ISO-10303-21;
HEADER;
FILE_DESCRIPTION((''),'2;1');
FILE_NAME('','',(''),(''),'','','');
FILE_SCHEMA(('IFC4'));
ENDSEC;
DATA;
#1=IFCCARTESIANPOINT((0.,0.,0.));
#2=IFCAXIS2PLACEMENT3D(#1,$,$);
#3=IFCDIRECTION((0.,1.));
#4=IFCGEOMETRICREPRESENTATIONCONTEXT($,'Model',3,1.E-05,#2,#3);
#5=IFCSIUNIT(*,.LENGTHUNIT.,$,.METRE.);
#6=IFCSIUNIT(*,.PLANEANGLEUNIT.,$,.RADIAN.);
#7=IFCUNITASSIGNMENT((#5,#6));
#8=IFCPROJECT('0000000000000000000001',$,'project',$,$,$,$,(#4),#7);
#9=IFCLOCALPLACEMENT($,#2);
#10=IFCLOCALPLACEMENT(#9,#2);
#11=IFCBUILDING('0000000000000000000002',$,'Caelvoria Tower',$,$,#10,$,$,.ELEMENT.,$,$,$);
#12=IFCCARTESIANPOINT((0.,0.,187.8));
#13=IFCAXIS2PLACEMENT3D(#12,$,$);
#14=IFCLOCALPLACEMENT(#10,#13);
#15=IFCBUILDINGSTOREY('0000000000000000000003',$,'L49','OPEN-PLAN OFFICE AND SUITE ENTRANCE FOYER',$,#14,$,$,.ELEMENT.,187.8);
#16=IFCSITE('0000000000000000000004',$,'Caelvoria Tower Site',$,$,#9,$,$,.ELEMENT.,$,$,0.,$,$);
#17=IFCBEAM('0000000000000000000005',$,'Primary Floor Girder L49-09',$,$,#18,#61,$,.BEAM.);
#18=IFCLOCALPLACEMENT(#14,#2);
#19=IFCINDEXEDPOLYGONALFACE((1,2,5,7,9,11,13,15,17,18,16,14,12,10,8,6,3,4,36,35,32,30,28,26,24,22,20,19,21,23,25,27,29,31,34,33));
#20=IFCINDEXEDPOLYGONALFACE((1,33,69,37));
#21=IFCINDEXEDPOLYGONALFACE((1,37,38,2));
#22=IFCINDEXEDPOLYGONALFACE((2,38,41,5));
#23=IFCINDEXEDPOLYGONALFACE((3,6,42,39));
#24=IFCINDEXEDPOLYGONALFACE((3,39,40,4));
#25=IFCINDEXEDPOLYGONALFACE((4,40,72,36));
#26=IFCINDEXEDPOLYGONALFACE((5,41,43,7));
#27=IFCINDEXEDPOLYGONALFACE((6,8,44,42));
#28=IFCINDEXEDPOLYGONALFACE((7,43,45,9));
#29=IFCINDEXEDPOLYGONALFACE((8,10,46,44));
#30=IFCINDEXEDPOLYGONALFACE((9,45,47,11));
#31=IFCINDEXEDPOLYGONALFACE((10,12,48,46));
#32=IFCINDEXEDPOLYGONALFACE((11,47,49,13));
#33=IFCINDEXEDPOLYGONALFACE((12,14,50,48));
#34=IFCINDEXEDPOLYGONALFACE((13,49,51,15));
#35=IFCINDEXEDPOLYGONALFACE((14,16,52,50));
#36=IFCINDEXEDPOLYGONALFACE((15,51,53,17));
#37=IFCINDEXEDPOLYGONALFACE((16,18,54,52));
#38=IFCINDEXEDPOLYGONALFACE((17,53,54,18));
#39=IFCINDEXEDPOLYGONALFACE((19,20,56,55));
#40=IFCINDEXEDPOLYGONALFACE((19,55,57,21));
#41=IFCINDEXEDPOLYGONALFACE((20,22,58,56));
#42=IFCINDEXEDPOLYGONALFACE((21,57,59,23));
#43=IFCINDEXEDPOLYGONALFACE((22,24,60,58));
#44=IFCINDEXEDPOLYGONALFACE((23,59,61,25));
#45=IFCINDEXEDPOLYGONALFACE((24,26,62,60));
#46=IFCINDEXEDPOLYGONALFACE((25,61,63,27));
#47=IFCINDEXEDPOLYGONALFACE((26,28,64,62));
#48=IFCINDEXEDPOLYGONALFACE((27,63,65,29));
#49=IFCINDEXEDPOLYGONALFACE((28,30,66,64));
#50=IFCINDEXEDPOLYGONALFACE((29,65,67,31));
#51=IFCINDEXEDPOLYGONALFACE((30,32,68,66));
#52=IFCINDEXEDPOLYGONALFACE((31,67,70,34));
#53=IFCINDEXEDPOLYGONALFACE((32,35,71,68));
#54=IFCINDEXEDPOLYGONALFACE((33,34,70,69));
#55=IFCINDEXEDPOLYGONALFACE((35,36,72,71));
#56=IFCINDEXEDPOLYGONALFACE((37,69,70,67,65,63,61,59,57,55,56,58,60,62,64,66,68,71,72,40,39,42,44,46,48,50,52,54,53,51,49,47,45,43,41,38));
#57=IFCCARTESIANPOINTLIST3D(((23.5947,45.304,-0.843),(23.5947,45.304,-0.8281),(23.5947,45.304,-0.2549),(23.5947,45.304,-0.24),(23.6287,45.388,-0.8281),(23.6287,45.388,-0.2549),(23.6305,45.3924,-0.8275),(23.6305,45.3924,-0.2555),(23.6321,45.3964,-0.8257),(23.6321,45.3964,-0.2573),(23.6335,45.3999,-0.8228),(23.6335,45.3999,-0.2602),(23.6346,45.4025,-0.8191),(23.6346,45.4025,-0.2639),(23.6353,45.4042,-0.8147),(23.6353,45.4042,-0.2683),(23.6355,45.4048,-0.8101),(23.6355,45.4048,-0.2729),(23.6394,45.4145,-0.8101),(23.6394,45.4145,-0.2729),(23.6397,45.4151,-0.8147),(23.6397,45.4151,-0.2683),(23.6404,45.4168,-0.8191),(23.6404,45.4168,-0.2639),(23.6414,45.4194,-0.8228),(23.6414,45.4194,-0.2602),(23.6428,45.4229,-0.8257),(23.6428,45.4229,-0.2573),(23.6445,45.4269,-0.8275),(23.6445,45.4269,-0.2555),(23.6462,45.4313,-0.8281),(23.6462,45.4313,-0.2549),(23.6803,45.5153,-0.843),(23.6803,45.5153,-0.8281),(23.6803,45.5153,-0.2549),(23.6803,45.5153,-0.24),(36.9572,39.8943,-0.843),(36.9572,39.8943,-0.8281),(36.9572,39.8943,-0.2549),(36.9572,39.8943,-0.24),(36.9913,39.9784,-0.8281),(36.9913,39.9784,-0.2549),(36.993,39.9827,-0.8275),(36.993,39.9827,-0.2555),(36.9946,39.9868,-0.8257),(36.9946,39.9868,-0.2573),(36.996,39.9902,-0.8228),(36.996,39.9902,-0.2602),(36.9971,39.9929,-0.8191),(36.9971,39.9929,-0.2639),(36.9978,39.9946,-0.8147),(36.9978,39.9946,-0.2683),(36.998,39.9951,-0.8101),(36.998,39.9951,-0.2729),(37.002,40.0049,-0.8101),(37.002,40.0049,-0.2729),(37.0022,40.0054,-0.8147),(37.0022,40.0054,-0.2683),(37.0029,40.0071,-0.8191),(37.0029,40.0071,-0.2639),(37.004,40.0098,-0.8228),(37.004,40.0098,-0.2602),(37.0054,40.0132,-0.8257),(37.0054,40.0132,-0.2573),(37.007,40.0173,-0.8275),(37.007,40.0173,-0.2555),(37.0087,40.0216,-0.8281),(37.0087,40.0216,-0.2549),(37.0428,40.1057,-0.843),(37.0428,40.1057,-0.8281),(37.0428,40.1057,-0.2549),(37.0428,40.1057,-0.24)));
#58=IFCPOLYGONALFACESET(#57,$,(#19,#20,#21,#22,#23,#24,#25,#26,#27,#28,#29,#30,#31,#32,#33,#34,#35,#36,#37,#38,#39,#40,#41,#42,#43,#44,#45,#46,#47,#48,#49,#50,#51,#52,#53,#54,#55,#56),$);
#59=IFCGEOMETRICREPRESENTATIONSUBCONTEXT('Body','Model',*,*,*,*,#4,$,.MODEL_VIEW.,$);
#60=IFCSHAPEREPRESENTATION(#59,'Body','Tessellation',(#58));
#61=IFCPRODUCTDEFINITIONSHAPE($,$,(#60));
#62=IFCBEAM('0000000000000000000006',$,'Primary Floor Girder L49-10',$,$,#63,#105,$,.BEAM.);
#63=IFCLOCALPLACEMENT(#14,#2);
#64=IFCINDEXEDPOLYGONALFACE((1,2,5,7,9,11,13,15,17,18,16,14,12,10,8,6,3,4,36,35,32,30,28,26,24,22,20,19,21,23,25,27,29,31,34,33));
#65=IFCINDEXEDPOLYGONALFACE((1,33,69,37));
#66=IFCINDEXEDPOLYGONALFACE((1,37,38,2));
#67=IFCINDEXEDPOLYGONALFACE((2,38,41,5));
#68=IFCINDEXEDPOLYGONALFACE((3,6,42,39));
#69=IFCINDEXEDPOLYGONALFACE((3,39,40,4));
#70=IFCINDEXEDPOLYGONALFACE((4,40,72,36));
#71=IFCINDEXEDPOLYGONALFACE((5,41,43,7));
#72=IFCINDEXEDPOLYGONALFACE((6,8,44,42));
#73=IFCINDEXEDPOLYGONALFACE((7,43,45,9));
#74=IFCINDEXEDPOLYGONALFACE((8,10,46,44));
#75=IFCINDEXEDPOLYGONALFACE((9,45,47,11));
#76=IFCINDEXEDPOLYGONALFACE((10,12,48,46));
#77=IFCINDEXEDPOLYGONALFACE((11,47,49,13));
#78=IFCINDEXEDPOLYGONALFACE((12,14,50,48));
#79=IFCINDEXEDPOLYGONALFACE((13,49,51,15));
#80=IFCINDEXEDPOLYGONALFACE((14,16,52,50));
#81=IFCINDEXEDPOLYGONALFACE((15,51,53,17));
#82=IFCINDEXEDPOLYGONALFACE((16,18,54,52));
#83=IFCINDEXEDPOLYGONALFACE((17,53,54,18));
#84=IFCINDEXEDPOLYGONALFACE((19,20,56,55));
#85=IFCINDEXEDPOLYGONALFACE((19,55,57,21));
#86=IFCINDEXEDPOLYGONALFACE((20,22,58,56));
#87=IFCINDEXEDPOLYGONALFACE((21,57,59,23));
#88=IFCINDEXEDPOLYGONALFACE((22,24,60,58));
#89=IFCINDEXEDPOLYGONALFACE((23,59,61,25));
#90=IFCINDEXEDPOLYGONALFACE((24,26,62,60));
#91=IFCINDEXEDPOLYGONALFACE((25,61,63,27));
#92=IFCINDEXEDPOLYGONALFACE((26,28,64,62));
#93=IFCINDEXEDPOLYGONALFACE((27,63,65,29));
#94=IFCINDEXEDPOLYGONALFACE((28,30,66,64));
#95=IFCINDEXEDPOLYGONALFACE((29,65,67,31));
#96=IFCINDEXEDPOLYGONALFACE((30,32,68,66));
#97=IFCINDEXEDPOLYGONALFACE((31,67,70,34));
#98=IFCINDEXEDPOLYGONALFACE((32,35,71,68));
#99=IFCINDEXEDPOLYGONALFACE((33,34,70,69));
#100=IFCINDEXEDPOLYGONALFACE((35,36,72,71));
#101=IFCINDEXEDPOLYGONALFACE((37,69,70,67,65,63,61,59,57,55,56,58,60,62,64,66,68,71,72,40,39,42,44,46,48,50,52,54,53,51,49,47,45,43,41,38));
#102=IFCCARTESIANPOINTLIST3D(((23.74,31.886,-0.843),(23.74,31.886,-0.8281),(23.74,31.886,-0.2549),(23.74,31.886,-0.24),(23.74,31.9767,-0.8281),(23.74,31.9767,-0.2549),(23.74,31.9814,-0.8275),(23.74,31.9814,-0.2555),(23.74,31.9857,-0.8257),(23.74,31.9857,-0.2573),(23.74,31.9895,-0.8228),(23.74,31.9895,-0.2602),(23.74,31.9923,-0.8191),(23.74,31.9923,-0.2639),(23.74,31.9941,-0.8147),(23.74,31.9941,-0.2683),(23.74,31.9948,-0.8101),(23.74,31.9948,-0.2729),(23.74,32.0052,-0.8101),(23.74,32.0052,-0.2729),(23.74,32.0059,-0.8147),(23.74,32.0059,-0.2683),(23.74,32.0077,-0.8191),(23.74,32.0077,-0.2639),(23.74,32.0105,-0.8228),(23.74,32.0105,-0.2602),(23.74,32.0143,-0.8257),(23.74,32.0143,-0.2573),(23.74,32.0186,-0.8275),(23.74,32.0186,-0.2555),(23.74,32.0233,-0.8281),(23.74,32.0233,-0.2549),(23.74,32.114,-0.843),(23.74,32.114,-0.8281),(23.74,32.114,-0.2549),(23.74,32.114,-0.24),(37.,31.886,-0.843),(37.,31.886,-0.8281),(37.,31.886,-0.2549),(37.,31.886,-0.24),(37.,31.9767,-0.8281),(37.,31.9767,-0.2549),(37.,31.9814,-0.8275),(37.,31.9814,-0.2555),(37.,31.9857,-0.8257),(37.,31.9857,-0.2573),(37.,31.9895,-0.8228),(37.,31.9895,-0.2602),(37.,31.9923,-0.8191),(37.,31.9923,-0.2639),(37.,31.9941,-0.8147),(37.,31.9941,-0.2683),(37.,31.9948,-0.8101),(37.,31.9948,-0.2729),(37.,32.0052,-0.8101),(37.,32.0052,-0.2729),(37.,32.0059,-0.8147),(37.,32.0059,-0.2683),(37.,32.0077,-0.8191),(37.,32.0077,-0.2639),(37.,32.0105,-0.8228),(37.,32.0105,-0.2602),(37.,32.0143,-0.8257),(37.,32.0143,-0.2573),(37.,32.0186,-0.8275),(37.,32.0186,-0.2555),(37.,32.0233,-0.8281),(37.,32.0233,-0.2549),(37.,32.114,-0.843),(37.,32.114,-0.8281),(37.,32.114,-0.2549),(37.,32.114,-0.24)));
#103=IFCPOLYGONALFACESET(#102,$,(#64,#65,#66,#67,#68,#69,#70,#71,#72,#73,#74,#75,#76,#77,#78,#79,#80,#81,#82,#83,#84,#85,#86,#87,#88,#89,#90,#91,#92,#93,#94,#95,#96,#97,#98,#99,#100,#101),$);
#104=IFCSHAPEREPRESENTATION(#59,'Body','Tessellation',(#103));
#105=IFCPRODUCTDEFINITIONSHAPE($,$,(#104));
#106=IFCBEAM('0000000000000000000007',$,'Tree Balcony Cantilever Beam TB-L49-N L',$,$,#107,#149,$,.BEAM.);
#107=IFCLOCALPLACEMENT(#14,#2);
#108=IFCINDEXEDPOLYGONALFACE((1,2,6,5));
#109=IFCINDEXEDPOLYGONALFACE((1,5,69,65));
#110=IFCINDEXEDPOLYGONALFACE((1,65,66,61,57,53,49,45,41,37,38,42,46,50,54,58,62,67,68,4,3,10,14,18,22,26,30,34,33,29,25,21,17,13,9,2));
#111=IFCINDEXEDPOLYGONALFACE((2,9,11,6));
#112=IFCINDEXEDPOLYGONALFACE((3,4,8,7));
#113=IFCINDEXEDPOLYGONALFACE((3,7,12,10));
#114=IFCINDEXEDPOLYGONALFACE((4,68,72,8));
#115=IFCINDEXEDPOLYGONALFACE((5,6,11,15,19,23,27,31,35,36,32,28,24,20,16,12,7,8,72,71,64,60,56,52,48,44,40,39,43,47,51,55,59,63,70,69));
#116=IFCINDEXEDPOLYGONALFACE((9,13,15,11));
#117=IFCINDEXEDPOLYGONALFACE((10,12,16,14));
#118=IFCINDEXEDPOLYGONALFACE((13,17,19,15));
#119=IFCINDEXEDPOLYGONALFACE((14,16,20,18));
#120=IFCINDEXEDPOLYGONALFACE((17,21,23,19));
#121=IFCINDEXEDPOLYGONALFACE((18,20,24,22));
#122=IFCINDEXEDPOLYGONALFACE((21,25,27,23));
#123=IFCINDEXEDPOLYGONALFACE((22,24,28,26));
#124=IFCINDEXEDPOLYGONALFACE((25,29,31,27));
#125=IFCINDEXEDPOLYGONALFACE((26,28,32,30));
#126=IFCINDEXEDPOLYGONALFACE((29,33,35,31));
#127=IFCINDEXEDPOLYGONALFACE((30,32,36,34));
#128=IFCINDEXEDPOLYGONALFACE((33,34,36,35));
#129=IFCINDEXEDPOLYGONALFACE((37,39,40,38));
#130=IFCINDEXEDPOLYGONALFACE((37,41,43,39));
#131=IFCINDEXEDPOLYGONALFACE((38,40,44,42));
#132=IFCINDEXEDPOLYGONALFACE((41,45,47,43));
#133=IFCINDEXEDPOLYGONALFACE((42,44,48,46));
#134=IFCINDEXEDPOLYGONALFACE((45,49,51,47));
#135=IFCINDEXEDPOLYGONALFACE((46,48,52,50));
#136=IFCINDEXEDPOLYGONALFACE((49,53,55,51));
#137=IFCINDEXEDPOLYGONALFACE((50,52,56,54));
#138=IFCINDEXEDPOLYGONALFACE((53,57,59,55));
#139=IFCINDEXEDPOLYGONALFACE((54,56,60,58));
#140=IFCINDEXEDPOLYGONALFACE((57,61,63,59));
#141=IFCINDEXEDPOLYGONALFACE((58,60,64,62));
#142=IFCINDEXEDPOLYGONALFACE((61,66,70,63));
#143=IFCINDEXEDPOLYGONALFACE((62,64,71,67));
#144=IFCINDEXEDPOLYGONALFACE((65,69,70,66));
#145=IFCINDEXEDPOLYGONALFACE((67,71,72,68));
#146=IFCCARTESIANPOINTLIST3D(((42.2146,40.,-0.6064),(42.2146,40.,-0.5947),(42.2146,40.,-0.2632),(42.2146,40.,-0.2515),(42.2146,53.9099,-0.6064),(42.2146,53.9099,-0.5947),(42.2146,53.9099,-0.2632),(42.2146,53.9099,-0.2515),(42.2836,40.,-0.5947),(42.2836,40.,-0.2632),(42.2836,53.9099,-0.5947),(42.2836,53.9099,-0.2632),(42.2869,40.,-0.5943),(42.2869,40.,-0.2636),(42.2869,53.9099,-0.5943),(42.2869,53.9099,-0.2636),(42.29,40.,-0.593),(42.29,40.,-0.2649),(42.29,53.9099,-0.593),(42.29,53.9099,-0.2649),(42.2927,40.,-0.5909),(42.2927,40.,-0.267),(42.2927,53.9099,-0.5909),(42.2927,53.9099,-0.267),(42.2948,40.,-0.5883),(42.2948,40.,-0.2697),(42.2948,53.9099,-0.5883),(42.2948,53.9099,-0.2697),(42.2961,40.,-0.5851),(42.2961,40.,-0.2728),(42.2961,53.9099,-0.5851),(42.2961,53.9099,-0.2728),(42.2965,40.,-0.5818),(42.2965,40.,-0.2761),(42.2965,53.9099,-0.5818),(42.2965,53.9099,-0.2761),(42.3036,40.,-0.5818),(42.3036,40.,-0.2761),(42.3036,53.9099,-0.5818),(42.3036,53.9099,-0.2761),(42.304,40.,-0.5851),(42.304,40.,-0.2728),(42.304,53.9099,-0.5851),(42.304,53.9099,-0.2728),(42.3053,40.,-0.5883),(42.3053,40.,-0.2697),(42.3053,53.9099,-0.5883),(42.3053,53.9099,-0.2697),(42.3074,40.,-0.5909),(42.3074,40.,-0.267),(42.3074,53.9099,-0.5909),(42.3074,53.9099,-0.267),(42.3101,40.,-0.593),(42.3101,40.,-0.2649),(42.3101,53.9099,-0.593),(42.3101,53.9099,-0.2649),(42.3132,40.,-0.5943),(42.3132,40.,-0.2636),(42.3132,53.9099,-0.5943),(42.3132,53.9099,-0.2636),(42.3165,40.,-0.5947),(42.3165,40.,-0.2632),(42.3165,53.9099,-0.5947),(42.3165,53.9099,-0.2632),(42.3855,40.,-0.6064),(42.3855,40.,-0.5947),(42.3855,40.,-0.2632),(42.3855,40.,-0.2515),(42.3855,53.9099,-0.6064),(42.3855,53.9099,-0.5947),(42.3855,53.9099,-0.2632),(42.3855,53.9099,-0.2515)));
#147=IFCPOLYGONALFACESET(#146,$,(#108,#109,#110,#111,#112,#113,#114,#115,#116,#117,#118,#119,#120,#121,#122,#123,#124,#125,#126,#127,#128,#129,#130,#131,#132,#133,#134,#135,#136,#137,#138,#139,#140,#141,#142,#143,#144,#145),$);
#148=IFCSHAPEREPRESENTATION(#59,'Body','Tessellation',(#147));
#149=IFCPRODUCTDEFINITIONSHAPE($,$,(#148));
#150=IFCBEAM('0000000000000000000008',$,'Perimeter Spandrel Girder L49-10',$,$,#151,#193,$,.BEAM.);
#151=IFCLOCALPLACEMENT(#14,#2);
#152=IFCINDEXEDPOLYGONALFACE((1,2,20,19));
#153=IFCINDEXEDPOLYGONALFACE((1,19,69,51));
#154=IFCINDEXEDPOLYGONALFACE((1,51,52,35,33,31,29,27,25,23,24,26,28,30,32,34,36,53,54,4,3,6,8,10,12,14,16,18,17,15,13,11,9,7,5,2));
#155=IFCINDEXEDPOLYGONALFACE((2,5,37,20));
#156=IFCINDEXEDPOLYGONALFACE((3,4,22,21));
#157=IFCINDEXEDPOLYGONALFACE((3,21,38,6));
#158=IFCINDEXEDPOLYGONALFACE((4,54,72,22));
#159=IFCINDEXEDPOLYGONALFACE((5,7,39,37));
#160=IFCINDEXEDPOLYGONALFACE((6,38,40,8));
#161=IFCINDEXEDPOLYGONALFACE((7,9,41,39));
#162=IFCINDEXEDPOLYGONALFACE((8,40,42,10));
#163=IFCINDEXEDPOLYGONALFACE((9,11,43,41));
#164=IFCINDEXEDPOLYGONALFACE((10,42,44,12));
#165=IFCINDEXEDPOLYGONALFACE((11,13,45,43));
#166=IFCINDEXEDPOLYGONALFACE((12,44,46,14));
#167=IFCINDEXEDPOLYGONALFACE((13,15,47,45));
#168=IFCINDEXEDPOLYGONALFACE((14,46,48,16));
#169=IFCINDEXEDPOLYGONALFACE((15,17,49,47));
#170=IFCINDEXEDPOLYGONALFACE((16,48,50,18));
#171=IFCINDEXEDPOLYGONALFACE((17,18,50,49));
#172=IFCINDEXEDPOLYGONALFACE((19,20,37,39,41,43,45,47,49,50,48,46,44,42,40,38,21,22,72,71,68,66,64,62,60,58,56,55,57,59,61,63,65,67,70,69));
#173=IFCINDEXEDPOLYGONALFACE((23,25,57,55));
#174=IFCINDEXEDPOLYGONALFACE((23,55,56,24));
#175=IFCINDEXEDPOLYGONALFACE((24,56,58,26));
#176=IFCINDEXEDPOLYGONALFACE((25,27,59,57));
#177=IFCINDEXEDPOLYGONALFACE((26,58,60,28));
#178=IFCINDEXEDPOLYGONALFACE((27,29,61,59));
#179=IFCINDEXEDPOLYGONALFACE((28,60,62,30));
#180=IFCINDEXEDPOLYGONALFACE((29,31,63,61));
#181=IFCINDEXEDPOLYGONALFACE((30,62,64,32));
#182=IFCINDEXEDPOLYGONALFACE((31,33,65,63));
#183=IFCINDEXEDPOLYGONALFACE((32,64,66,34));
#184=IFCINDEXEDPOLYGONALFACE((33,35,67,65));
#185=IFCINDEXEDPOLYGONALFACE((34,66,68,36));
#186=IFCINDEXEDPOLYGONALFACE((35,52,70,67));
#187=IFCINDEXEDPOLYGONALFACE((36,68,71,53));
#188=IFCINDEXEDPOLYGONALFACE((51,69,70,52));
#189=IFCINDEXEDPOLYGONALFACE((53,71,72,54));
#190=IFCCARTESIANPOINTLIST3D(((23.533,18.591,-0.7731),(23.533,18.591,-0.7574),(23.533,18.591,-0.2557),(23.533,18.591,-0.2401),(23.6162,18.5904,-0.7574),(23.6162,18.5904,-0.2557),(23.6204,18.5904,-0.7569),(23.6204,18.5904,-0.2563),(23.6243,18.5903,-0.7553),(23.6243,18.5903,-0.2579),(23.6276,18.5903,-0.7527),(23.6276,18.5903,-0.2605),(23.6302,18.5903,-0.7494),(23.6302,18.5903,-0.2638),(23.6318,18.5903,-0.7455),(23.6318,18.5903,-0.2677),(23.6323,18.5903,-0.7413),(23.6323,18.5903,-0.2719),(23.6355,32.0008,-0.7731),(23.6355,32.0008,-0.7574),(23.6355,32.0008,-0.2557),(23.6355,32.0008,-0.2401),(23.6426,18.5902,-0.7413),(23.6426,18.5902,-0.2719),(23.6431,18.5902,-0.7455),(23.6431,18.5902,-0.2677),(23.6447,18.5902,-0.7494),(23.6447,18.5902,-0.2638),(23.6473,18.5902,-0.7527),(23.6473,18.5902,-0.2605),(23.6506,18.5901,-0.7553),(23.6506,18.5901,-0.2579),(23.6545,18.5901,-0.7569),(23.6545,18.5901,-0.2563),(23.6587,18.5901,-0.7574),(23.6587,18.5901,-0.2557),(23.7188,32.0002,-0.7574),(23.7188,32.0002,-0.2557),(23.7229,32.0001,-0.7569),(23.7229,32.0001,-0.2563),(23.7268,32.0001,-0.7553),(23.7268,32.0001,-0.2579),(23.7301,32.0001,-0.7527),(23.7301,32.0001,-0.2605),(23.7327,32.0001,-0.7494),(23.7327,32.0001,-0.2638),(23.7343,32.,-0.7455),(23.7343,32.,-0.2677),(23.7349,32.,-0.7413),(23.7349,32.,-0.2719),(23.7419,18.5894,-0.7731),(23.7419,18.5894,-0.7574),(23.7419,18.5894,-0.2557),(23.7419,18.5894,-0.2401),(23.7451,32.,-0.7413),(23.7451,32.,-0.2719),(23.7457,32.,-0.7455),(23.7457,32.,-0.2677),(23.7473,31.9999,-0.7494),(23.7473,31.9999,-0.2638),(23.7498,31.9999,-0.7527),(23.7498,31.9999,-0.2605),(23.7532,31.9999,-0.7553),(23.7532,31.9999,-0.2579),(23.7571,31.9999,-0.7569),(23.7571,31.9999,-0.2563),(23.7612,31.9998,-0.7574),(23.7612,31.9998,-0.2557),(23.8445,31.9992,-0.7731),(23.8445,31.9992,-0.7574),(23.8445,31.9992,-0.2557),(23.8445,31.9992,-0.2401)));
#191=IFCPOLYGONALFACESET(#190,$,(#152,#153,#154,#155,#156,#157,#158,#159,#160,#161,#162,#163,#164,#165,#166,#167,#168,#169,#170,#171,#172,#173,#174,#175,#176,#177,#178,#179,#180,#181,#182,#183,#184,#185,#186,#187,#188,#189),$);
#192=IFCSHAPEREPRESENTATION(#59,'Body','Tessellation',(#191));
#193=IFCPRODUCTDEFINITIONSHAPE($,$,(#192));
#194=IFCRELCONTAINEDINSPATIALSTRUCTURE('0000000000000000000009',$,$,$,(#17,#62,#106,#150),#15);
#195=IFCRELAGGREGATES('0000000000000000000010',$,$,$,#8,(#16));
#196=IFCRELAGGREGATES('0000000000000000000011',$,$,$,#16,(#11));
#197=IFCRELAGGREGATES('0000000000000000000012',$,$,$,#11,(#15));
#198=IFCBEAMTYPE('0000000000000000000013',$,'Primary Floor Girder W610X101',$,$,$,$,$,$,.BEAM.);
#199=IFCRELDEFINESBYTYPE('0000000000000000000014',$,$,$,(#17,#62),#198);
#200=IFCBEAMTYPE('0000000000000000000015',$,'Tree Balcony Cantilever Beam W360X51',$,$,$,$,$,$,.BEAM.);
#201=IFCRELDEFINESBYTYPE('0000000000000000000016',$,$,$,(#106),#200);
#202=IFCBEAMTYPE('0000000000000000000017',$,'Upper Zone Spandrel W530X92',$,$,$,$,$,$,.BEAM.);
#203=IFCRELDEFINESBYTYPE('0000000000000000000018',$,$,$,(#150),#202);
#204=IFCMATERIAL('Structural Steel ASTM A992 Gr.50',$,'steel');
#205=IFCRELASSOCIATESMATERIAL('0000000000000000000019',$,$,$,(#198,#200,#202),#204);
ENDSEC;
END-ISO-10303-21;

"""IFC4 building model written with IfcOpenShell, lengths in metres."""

from ifc_helpers import new_model, si_unit, direction, frame, origin, origin_2d, place, context, subcontext, project, spatial, i_section, extrude, material, material_profile, profile_set, type_object, element, save


model = new_model("IFC4")

# Units and contexts
model_context = context("Model", 3, precision=1e-05, world=origin(), true_north=direction((0.0, 1.0)))
body_context = subcontext(model_context, "Body", "Model", "MODEL_VIEW")
ifc_project = project(units=[si_unit("LENGTHUNIT", "METRE"), si_unit("PLANEANGLEUNIT", "RADIAN")], contexts=[model_context])

# Site, building, storey
site_placement = place(None, origin())
site = spatial("IfcSite", under=ifc_project, at=site_placement, Name="Caelvoria Tower Site", CompositionType="ELEMENT", RefElevation=0.0)
building_placement = place(site_placement, origin())
building = spatial("IfcBuilding", under=site, at=building_placement, Name="Caelvoria Tower", CompositionType="ELEMENT")
storey_placement = place(building_placement, frame((0.0, 0.0, 187.8)))
storey = spatial("IfcBuildingStorey", under=building, at=storey_placement, Name="L49", Description="OPEN-PLAN OFFICE AND SUITE ENTRANCE FOYER", CompositionType="ELEMENT", Elevation=187.8)

# Shared definitions
ifc_material_1 = material(Name="Structural Steel ASTM A992 Gr.50", Category="steel")

# Beams
ifc_material_profile_1 = material_profile(ifc_material_1, i_section(OverallWidth=0.228, OverallDepth=0.603, WebThickness=0.0105, FlangeThickness=0.0149, FilletRadius=0.0181, at=origin_2d()), Name="Structural Steel ASTM A992 Gr.50")
ifc_profile_set_1 = profile_set([ifc_material_profile_1], Name="W610X101 - Structural Steel ASTM A992 Gr.50")
beam_type_1 = type_object("IfcBeamType", Name="Primary Floor Girder W610X101", PredefinedType="BEAM", material=ifc_profile_set_1)
beam_1_placement = place(storey_placement, frame((37.0, 40.0, -0.5415), z_axis=(-0.926922, 0.375253, 0.0), x_axis=(-0.375253, -0.926922, 0.0)))
element("IfcBeam", 1, at=beam_1_placement, inside=storey, type_object=beam_type_1, Name="Primary Floor Girder L49-09", PredefinedType="BEAM", context=body_context, shape_type="SweptSolid", body=[
    extrude(i_section(OverallWidth=0.228, OverallDepth=0.603, WebThickness=0.0105, FlangeThickness=0.0149, FilletRadius=0.0181, at=origin_2d()), origin(), (0.0, 0.0, 1.0), 14.416),
])
beam_2_placement = place(storey_placement, frame((37.0, 32.0, -0.5415), z_axis=(-1.0, 0.0, 0.0), x_axis=(0.0, -1.0, 0.0)))
element("IfcBeam", 2, at=beam_2_placement, inside=storey, type_object=beam_type_1, Name="Primary Floor Girder L49-10", PredefinedType="BEAM", context=body_context, shape_type="SweptSolid", body=[
    extrude(i_section(OverallWidth=0.228, OverallDepth=0.603, WebThickness=0.0105, FlangeThickness=0.0149, FilletRadius=0.0181, at=origin_2d()), origin(), (0.0, 0.0, 1.0), 13.26),
])
ifc_material_profile_2 = material_profile(ifc_material_1, i_section(OverallWidth=0.1709, OverallDepth=0.355, WebThickness=0.0071, FlangeThickness=0.0117, FilletRadius=0.0129, at=origin_2d()), Name="Structural Steel ASTM A992 Gr.50")
ifc_profile_set_2 = profile_set([ifc_material_profile_2], Name="W360X51 - Structural Steel ASTM A992 Gr.50")
beam_type_2 = type_object("IfcBeamType", Name="Tree Balcony Cantilever Beam W360X51", PredefinedType="BEAM", material=ifc_profile_set_2)
beam_3_placement = place(storey_placement, frame((42.3, 40.0, -0.429), z_axis=(0.0, 1.0, 0.0), x_axis=(-1.0, 0.0, 0.0)))
element("IfcBeam", 3, at=beam_3_placement, inside=storey, type_object=beam_type_2, Name="Tree Balcony Cantilever Beam TB-L49-N L", PredefinedType="BEAM", context=body_context, shape_type="SweptSolid", body=[
    extrude(i_section(OverallWidth=0.1709, OverallDepth=0.355, WebThickness=0.0071, FlangeThickness=0.0117, FilletRadius=0.0129, at=origin_2d()), origin(), (0.0, 0.0, 1.0), 13.9099),
])
ifc_material_profile_3 = material_profile(ifc_material_1, i_section(OverallWidth=0.209, OverallDepth=0.533, WebThickness=0.0103, FlangeThickness=0.0156, FilletRadius=0.0161, at=origin_2d()), Name="Structural Steel ASTM A992 Gr.50")
ifc_profile_set_3 = profile_set([ifc_material_profile_3], Name="W530X92 - Structural Steel ASTM A992 Gr.50")
beam_type_3 = type_object("IfcBeamType", Name="Upper Zone Spandrel W530X92", PredefinedType="BEAM", material=ifc_profile_set_3)
beam_4_placement = place(storey_placement, frame((23.74, 32.0, -0.5066), z_axis=(-0.007646, -0.999971, 0.0), x_axis=(0.999971, -0.007646, 0.0)))
element("IfcBeam", 4, at=beam_4_placement, inside=storey, type_object=beam_type_3, Name="Perimeter Spandrel Girder L49-10", PredefinedType="BEAM", context=body_context, shape_type="SweptSolid", body=[
    extrude(i_section(OverallWidth=0.209, OverallDepth=0.533, WebThickness=0.0103, FlangeThickness=0.0156, FilletRadius=0.0161, at=origin_2d()), origin(), (0.0, 0.0, 1.0), 13.4102),
])

save(model, "model.ifc")
